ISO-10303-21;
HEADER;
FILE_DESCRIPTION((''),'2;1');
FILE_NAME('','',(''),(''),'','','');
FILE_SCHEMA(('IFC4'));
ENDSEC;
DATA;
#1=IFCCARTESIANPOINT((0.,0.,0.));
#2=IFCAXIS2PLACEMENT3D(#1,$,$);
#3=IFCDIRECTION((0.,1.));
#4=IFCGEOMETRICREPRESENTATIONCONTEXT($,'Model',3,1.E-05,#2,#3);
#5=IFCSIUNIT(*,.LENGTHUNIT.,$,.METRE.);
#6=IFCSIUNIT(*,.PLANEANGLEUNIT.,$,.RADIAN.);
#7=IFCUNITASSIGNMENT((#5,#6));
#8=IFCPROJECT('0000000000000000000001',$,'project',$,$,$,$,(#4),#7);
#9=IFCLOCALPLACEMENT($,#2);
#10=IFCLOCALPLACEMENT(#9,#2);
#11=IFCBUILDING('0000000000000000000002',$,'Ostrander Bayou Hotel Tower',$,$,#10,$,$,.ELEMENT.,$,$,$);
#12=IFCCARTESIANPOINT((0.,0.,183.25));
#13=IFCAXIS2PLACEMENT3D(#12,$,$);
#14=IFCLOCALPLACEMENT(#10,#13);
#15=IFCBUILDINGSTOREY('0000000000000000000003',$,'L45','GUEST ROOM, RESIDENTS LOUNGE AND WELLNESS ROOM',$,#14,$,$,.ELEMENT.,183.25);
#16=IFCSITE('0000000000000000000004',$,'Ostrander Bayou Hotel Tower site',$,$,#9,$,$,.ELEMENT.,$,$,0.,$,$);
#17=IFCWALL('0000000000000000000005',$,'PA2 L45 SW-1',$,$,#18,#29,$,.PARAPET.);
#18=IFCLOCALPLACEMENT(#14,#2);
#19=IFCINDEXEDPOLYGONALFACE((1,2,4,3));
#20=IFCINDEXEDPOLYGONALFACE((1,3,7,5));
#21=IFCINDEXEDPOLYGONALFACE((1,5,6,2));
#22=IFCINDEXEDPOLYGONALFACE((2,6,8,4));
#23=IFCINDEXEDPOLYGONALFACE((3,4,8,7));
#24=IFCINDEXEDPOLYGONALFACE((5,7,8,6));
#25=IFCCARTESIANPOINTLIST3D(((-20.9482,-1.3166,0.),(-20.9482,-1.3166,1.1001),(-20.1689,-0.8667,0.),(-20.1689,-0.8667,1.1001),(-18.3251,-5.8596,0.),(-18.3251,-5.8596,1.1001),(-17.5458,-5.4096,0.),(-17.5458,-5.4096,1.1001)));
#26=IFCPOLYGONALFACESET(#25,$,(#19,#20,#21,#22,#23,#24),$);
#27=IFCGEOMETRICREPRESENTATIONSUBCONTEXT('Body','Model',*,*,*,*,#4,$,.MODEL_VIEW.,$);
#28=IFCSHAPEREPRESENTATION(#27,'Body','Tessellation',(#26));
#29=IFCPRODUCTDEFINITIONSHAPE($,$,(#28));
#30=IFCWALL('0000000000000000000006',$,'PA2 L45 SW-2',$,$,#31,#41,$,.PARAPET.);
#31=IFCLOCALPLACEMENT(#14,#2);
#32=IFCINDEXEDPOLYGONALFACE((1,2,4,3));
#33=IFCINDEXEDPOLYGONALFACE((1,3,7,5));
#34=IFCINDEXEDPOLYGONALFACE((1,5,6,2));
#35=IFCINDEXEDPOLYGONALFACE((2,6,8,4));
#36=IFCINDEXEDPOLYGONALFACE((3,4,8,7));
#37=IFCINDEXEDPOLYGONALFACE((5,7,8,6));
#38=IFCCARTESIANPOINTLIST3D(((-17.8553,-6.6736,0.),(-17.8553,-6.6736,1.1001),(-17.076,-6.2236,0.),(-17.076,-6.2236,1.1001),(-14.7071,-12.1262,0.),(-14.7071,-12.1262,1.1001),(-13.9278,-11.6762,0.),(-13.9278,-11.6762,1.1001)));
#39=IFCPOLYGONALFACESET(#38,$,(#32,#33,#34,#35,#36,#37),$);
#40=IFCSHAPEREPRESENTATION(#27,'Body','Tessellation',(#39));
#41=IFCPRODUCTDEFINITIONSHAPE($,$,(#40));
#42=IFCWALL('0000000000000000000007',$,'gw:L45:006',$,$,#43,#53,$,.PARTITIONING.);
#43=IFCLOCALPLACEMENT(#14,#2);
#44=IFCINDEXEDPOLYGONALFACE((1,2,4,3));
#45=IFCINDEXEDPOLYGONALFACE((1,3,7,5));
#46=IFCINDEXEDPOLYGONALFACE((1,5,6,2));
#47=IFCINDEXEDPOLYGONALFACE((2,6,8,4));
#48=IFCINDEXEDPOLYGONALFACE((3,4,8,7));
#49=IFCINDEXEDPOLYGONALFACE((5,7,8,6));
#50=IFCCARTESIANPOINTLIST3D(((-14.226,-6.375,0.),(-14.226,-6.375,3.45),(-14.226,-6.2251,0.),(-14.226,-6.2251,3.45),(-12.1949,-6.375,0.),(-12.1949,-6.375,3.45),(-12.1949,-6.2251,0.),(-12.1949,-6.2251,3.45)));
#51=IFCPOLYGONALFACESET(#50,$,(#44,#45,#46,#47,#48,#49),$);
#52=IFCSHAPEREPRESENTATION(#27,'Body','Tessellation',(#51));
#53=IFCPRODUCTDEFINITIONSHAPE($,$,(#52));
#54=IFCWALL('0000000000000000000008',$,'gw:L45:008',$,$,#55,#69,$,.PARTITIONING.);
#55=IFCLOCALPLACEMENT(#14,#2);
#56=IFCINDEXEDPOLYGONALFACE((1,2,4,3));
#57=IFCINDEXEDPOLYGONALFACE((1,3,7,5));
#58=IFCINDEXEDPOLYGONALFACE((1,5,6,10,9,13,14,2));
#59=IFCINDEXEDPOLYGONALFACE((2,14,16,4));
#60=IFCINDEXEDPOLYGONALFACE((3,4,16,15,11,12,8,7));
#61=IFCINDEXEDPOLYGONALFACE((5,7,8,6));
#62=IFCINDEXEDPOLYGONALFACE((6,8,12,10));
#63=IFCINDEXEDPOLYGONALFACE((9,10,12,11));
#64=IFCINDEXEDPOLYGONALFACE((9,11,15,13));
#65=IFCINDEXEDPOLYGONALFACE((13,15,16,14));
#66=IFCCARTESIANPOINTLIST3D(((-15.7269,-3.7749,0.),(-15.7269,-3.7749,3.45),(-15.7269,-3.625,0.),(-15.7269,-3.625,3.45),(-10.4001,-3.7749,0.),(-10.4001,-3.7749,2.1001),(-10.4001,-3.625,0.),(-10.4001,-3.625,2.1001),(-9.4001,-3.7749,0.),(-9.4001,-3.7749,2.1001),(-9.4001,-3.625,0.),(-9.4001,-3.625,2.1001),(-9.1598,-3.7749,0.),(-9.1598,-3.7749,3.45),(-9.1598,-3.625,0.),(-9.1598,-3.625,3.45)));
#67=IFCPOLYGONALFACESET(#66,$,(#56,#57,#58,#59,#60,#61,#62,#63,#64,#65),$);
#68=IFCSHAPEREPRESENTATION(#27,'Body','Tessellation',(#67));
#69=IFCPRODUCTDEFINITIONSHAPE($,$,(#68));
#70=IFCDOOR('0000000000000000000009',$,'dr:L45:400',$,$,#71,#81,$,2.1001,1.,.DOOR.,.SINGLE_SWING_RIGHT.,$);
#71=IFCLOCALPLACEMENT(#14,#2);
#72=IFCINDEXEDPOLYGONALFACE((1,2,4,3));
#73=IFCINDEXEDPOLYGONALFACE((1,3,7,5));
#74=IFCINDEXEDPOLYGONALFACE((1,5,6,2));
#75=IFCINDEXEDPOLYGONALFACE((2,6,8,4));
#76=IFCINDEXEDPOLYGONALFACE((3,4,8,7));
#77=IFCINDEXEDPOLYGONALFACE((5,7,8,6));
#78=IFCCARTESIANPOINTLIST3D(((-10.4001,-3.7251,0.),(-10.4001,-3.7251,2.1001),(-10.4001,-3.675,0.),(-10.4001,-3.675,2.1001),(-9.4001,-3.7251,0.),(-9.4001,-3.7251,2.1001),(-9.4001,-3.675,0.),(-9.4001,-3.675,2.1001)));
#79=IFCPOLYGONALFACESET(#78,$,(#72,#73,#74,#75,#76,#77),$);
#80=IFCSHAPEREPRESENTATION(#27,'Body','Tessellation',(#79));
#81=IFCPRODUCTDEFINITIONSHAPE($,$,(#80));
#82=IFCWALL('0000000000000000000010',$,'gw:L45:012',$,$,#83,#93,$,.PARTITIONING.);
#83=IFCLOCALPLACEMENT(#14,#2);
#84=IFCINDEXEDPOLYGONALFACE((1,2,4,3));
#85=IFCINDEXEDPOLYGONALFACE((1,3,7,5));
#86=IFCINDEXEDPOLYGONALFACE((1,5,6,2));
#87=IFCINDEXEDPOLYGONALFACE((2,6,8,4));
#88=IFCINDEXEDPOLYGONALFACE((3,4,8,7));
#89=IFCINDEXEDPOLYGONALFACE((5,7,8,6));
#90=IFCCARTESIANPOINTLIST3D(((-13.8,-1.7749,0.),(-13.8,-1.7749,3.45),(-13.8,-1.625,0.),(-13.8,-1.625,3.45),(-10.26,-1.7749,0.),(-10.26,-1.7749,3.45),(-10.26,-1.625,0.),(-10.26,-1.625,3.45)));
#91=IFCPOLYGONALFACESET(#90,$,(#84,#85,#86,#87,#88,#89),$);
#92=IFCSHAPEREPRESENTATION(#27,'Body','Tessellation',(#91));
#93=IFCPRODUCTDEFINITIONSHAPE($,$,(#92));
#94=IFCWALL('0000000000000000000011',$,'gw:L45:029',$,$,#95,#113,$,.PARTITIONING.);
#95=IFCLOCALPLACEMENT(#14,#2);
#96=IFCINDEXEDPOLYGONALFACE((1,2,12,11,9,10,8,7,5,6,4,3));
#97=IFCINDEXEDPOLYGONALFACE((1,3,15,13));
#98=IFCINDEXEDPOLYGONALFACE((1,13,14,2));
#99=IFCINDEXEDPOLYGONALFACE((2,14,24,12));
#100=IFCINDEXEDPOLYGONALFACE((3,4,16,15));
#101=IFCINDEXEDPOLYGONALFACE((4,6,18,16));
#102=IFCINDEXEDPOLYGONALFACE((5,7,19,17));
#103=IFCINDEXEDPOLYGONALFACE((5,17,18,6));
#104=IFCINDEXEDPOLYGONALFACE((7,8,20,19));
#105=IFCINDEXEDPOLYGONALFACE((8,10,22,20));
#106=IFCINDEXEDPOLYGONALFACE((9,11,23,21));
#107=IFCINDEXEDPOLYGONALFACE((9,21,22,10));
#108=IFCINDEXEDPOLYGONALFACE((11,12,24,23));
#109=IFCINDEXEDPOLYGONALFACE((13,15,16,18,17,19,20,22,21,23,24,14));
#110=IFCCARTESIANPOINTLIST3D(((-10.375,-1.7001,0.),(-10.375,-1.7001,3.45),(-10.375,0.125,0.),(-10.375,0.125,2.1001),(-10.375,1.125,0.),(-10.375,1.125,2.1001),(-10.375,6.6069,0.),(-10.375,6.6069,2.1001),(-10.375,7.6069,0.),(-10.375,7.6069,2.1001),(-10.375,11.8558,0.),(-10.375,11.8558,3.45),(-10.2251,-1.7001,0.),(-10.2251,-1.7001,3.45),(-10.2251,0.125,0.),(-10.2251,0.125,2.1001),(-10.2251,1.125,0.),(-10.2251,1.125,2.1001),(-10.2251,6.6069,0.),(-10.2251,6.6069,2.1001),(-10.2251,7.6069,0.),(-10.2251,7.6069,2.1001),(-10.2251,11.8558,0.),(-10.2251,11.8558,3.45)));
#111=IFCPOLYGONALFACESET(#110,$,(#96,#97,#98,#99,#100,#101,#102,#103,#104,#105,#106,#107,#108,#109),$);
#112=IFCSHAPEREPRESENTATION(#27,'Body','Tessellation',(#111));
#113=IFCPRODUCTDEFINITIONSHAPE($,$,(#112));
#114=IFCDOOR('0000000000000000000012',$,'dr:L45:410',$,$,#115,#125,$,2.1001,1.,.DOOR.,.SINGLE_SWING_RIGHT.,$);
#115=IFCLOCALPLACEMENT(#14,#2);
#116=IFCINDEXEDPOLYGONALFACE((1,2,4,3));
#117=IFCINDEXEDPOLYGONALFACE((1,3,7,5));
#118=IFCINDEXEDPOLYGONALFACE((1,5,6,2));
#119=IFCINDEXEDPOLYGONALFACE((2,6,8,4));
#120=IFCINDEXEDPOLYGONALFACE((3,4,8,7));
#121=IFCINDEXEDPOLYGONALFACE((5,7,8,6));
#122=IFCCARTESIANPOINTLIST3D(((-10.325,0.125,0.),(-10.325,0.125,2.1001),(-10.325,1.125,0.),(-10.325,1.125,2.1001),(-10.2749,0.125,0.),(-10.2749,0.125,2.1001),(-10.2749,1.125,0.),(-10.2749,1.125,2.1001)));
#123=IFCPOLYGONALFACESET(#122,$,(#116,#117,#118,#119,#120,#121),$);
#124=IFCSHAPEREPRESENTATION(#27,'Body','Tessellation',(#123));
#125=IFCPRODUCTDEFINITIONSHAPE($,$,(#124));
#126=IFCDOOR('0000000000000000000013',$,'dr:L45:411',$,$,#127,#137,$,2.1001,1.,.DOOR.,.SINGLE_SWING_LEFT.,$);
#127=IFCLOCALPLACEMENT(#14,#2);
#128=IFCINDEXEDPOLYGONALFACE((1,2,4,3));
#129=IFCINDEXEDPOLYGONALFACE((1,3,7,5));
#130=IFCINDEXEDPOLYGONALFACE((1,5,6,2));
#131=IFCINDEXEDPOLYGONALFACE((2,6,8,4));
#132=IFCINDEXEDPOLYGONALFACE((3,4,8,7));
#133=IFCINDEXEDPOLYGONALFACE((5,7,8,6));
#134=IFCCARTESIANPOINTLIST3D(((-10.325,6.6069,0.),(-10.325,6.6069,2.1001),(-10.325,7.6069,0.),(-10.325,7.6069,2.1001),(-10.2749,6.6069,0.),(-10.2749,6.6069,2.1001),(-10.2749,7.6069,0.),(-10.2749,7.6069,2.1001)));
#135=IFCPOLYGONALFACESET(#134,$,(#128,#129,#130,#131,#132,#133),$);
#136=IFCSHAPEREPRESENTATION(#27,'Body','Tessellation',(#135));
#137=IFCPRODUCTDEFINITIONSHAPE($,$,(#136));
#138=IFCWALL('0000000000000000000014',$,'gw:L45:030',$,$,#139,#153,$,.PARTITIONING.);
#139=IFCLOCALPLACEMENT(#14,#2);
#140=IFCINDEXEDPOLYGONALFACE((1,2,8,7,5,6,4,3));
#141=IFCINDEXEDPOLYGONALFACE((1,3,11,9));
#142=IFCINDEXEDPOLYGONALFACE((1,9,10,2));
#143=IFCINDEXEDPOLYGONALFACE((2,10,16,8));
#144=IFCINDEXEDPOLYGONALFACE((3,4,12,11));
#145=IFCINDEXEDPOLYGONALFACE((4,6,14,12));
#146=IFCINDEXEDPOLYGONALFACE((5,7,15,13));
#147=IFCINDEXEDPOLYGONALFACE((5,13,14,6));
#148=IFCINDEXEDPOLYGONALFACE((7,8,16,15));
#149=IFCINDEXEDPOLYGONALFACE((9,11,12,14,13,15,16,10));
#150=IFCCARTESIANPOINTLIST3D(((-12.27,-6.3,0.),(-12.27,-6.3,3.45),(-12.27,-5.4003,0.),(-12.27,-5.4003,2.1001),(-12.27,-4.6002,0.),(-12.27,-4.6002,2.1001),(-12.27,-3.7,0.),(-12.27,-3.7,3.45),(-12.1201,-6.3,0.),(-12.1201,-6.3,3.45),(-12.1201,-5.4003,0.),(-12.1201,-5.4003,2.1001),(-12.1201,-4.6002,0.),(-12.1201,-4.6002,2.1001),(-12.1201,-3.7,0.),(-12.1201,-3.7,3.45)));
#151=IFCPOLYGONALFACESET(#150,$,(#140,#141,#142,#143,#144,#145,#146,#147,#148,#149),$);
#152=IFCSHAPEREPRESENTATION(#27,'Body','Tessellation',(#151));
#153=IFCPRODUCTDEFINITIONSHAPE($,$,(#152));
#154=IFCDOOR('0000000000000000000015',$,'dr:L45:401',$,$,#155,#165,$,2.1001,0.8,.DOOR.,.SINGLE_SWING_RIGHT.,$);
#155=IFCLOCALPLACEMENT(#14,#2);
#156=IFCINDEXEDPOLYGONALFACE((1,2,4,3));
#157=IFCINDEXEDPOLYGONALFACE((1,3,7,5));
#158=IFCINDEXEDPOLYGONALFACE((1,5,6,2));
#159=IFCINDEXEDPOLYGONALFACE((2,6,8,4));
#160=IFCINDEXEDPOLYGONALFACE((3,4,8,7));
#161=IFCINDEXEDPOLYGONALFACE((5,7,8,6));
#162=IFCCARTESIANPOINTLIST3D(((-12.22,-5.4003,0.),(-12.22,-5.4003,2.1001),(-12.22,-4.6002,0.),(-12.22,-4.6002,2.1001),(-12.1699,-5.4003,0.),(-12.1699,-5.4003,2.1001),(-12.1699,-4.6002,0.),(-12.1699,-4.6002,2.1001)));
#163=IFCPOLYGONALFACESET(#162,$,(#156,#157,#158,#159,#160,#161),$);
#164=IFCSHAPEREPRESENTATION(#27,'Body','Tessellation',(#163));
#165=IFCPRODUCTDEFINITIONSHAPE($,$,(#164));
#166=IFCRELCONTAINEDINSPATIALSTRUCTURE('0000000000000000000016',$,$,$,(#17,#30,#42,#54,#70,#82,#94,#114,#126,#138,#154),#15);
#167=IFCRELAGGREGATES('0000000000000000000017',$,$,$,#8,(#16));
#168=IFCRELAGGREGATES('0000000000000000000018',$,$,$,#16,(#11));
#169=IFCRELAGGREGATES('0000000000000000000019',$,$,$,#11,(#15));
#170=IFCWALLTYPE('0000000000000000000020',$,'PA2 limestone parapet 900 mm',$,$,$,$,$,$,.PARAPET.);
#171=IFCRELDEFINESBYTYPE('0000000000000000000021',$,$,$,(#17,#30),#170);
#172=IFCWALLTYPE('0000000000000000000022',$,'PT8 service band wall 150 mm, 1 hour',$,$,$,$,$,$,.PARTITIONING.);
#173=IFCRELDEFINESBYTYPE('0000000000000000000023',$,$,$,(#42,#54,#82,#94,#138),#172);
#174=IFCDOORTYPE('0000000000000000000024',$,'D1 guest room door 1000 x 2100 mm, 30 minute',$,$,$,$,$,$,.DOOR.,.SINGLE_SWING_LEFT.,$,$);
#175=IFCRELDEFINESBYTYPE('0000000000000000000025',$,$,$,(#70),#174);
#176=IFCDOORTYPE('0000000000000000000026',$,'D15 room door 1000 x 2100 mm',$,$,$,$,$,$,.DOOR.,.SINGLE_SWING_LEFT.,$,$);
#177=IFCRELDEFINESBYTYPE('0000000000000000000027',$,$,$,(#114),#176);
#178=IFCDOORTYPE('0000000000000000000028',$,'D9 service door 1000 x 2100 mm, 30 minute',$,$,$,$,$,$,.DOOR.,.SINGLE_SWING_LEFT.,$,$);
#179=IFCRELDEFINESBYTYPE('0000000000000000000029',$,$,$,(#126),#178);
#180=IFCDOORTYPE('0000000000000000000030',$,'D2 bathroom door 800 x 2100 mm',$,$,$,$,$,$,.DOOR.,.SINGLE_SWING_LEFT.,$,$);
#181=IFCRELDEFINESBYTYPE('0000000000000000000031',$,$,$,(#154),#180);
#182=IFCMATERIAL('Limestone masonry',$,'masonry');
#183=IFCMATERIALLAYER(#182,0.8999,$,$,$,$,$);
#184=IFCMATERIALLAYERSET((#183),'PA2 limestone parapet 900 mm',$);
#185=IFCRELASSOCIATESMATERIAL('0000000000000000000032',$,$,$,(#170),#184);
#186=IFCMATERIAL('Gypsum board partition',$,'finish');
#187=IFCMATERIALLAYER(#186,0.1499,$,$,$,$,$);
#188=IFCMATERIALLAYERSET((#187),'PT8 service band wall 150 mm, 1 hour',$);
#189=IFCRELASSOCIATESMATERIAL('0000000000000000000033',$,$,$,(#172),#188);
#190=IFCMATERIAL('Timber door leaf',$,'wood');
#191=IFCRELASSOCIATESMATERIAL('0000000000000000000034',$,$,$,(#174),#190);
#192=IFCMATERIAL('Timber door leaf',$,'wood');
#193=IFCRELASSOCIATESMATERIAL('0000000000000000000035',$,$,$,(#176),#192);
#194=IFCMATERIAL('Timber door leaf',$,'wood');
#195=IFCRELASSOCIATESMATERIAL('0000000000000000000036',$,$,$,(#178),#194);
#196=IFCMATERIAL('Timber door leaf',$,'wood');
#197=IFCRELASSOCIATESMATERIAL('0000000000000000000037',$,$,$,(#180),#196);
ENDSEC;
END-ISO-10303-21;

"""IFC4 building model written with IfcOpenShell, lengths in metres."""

from ifc_helpers import new_model, si_unit, direction, frame, frame_2d, origin, place, context, subcontext, project, spatial, rectangle, extrude, material, layer, layer_set, type_object, element, fill, save


model = new_model("IFC4")

# Units and contexts
model_context = context("Model", 3, precision=1e-05, world=origin(), true_north=direction((0.0, 1.0)))
body_context = subcontext(model_context, "Body", "Model", "MODEL_VIEW")
ifc_project = project(units=[si_unit("LENGTHUNIT", "METRE"), si_unit("PLANEANGLEUNIT", "RADIAN")], contexts=[model_context])

# Site, building, storey
site_placement = place(None, origin())
site = spatial("IfcSite", under=ifc_project, at=site_placement, Name="Ostrander Bayou Hotel Tower site", CompositionType="ELEMENT", RefElevation=0.0)
building_placement = place(site_placement, origin())
building = spatial("IfcBuilding", under=site, at=building_placement, Name="Ostrander Bayou Hotel Tower", CompositionType="ELEMENT")
storey_placement = place(building_placement, frame((0.0, 0.0, 183.25)))
storey = spatial("IfcBuildingStorey", under=building, at=storey_placement, Name="L45", Description="GUEST ROOM, RESIDENTS LOUNGE AND WELLNESS ROOM", CompositionType="ELEMENT", Elevation=183.25)

# Walls
ifc_material_1 = material(Name="Limestone masonry", Category="masonry")
ifc_layer_1 = layer(ifc_material_1, 0.8999)
ifc_layer_set_1 = layer_set([ifc_layer_1], Name="PA2 limestone parapet 900 mm")
wall_type_1 = type_object("IfcWallType", Name="PA2 limestone parapet 900 mm", PredefinedType="PARAPET", material=ifc_layer_set_1)
wall_1_placement = place(storey_placement, frame((-20.5586, -1.0916, 0.0), z_axis=(0.0, 0.0, 1.0), x_axis=(0.500023, -0.866012, 0.0)))
element("IfcWall", 1, at=wall_1_placement, inside=storey, type_object=wall_type_1, Name="PA2 L45 SW-1", PredefinedType="PARAPET", context=body_context, shape_type="SweptSolid", body=[
    extrude(rectangle(XDim=5.2458, YDim=0.8999, at=frame_2d((2.623, 0.0))), origin(), (0.0, 0.0, 1.0), 1.1001),
])
wall_2_placement = place(storey_placement, frame((-17.4656, -6.4487, 0.0), z_axis=(0.0, 0.0, 1.0), x_axis=(0.500013, -0.866018, 0.0)))
element("IfcWall", 2, at=wall_2_placement, inside=storey, type_object=wall_type_1, Name="PA2 L45 SW-2", PredefinedType="PARAPET", context=body_context, shape_type="SweptSolid", body=[
    extrude(rectangle(XDim=6.2961, YDim=0.8999, at=frame_2d((3.1479, 0.0))), origin(), (0.0, 0.0, 1.0), 1.1001),
])
ifc_material_2 = material(Name="Gypsum board partition", Category="finish")
ifc_layer_2 = layer(ifc_material_2, 0.1499)
ifc_layer_set_2 = layer_set([ifc_layer_2], Name="PT8 service band wall 150 mm, 1 hour")
wall_type_2 = type_object("IfcWallType", Name="PT8 service band wall 150 mm, 1 hour", PredefinedType="PARTITIONING", material=ifc_layer_set_2)
wall_3_placement = place(storey_placement, frame((-14.2261, -6.3, 0.0), z_axis=(0.0, 0.0, 1.0), x_axis=(1.0, 0.0, 0.0)))
element("IfcWall", 3, at=wall_3_placement, inside=storey, type_object=wall_type_2, Name="gw:L45:006", PredefinedType="PARTITIONING", context=body_context, shape_type="SweptSolid", body=[
    extrude(rectangle(XDim=2.031, YDim=0.1499, at=frame_2d((1.0156, 0.0))), origin(), (0.0, 0.0, 1.0), 3.45),
])

# Wall, opening, door
wall_4_placement = place(storey_placement, frame((-15.7271, -3.7, 0.0), z_axis=(0.0, 0.0, 1.0), x_axis=(1.0, 0.0, 0.0)))
wall_4 = element("IfcWall", 4, at=wall_4_placement, inside=storey, type_object=wall_type_2, Name="gw:L45:008", PredefinedType="PARTITIONING", context=body_context, shape_type="SweptSolid", body=[
    extrude(rectangle(XDim=6.5671, YDim=0.1499, at=frame_2d((3.2837, 0.0))), origin(), (0.0, 0.0, 1.0), 3.45),
])
opening_1_placement = place(wall_4_placement, frame((5.3269, 0.0, 0.0)))
opening_1 = element("IfcOpeningElement", 5, at=opening_1_placement, cuts=wall_4, PredefinedType="OPENING", context=body_context, shape_type="SweptSolid", body=[
    extrude(rectangle(XDim=1.0, YDim=2.1001, at=frame_2d((0.5, 1.05))), frame((0.0, 0.075, 0.0), z_axis=(0.0, -1.0, 0.0), x_axis=(1.0, 0.0, 0.0)), (0.0, 0.0, 1.0), 0.1499),
])
ifc_material_3 = material(Name="Timber door leaf", Category="wood")
door_type_1 = type_object("IfcDoorType", Name="D1 guest room door 1000 x 2100 mm, 30 minute", OperationType="SINGLE_SWING_LEFT", PredefinedType="DOOR", material=ifc_material_3)
door_1_placement = place(opening_1_placement, origin())
door_1 = element("IfcDoor", 6, at=door_1_placement, inside=storey, type_object=door_type_1, Name="dr:L45:400", OperationType="SINGLE_SWING_RIGHT", OverallHeight=2.1001, OverallWidth=1.0, PredefinedType="DOOR", context=body_context, shape_type="SweptSolid", body=[
    extrude(rectangle(XDim=1.0, YDim=2.1001, at=frame_2d((0.5, 1.05))), frame((0.0, 0.0249, 0.0), z_axis=(0.0, -1.0, 0.0), x_axis=(1.0, 0.0, 0.0)), (0.0, 0.0, 1.0), 0.05),
])
fill(opening_1, door_1)

# Wall
wall_5_placement = place(storey_placement, frame((-13.8, -1.7, 0.0), z_axis=(0.0, 0.0, 1.0), x_axis=(1.0, 0.0, 0.0)))
element("IfcWall", 7, at=wall_5_placement, inside=storey, type_object=wall_type_2, Name="gw:L45:012", PredefinedType="PARTITIONING", context=body_context, shape_type="SweptSolid", body=[
    extrude(rectangle(XDim=3.54, YDim=0.1499, at=frame_2d((1.77, 0.0))), origin(), (0.0, 0.0, 1.0), 3.45),
])

# Wall, openings, doors
wall_6_placement = place(storey_placement, frame((-10.3, -1.7, 0.0), z_axis=(0.0, 0.0, 1.0), x_axis=(0.0, 1.0, 0.0)))
wall_6 = element("IfcWall", 8, at=wall_6_placement, inside=storey, type_object=wall_type_2, Name="gw:L45:029", PredefinedType="PARTITIONING", context=body_context, shape_type="SweptSolid", body=[
    extrude(rectangle(XDim=13.5559, YDim=0.1499, at=frame_2d((6.7778, 0.0))), origin(), (0.0, 0.0, 1.0), 3.45),
])
opening_2_placement = place(wall_6_placement, frame((1.825, 0.0, 0.0)))
opening_2 = element("IfcOpeningElement", 9, at=opening_2_placement, cuts=wall_6, PredefinedType="OPENING", context=body_context, shape_type="SweptSolid", body=[
    extrude(rectangle(XDim=1.0, YDim=2.1001, at=frame_2d((0.5, 1.05))), frame((0.0, 0.075, 0.0), z_axis=(0.0, -1.0, 0.0), x_axis=(1.0, 0.0, 0.0)), (0.0, 0.0, 1.0), 0.1499),
])
opening_3_placement = place(wall_6_placement, frame((8.3069, 0.0, 0.0)))
opening_3 = element("IfcOpeningElement", 10, at=opening_3_placement, cuts=wall_6, PredefinedType="OPENING", context=body_context, shape_type="SweptSolid", body=[
    extrude(rectangle(XDim=1.0, YDim=2.1001, at=frame_2d((0.5, 1.05))), frame((0.0, 0.075, 0.0), z_axis=(0.0, -1.0, 0.0), x_axis=(1.0, 0.0, 0.0)), (0.0, 0.0, 1.0), 0.1499),
])
ifc_material_4 = material(Name="Timber door leaf", Category="wood")
door_type_2 = type_object("IfcDoorType", Name="D15 room door 1000 x 2100 mm", OperationType="SINGLE_SWING_LEFT", PredefinedType="DOOR", material=ifc_material_4)
door_2_placement = place(opening_2_placement, origin())
door_2 = element("IfcDoor", 11, at=door_2_placement, inside=storey, type_object=door_type_2, Name="dr:L45:410", OperationType="SINGLE_SWING_RIGHT", OverallHeight=2.1001, OverallWidth=1.0, PredefinedType="DOOR", context=body_context, shape_type="SweptSolid", body=[
    extrude(rectangle(XDim=1.0, YDim=2.1001, at=frame_2d((0.5, 1.05))), frame((0.0, 0.0249, 0.0), z_axis=(0.0, -1.0, 0.0), x_axis=(1.0, 0.0, 0.0)), (0.0, 0.0, 1.0), 0.05),
])
fill(opening_2, door_2)
ifc_material_5 = material(Name="Timber door leaf", Category="wood")
door_type_3 = type_object("IfcDoorType", Name="D9 service door 1000 x 2100 mm, 30 minute", OperationType="SINGLE_SWING_LEFT", PredefinedType="DOOR", material=ifc_material_5)
door_3_placement = place(opening_3_placement, origin())
door_3 = element("IfcDoor", 12, at=door_3_placement, inside=storey, type_object=door_type_3, Name="dr:L45:411", OperationType="SINGLE_SWING_LEFT", OverallHeight=2.1001, OverallWidth=1.0, PredefinedType="DOOR", context=body_context, shape_type="SweptSolid", body=[
    extrude(rectangle(XDim=1.0, YDim=2.1001, at=frame_2d((0.5, 1.05))), frame((0.0, 0.0249, 0.0), z_axis=(0.0, -1.0, 0.0), x_axis=(1.0, 0.0, 0.0)), (0.0, 0.0, 1.0), 0.05),
])
fill(opening_3, door_3)

# Wall, opening, door
wall_7_placement = place(storey_placement, frame((-12.1951, -6.3, 0.0), z_axis=(0.0, 0.0, 1.0), x_axis=(0.0, 1.0, 0.0)))
wall_7 = element("IfcWall", 13, at=wall_7_placement, inside=storey, type_object=wall_type_2, Name="gw:L45:030", PredefinedType="PARTITIONING", context=body_context, shape_type="SweptSolid", body=[
    extrude(rectangle(XDim=2.6001, YDim=0.1499, at=frame_2d((1.3, 0.0))), origin(), (0.0, 0.0, 1.0), 3.45),
])
opening_4_placement = place(wall_7_placement, frame((0.8999, 0.0, 0.0)))
opening_4 = element("IfcOpeningElement", 14, at=opening_4_placement, cuts=wall_7, PredefinedType="OPENING", context=body_context, shape_type="SweptSolid", body=[
    extrude(rectangle(XDim=0.8, YDim=2.1001, at=frame_2d((0.3999, 1.05))), frame((0.0, 0.075, 0.0), z_axis=(0.0, -1.0, 0.0), x_axis=(1.0, 0.0, 0.0)), (0.0, 0.0, 1.0), 0.1499),
])
ifc_material_6 = material(Name="Timber door leaf", Category="wood")
door_type_4 = type_object("IfcDoorType", Name="D2 bathroom door 800 x 2100 mm", OperationType="SINGLE_SWING_LEFT", PredefinedType="DOOR", material=ifc_material_6)
door_4_placement = place(opening_4_placement, origin())
door_4 = element("IfcDoor", 15, at=door_4_placement, inside=storey, type_object=door_type_4, Name="dr:L45:401", OperationType="SINGLE_SWING_RIGHT", OverallHeight=2.1001, OverallWidth=0.8, PredefinedType="DOOR", context=body_context, shape_type="SweptSolid", body=[
    extrude(rectangle(XDim=0.8, YDim=2.1001, at=frame_2d((0.3999, 1.05))), frame((0.0, 0.0249, 0.0), z_axis=(0.0, -1.0, 0.0), x_axis=(1.0, 0.0, 0.0)), (0.0, 0.0, 1.0), 0.05),
])
fill(opening_4, door_4)

save(model, "model.ifc")
